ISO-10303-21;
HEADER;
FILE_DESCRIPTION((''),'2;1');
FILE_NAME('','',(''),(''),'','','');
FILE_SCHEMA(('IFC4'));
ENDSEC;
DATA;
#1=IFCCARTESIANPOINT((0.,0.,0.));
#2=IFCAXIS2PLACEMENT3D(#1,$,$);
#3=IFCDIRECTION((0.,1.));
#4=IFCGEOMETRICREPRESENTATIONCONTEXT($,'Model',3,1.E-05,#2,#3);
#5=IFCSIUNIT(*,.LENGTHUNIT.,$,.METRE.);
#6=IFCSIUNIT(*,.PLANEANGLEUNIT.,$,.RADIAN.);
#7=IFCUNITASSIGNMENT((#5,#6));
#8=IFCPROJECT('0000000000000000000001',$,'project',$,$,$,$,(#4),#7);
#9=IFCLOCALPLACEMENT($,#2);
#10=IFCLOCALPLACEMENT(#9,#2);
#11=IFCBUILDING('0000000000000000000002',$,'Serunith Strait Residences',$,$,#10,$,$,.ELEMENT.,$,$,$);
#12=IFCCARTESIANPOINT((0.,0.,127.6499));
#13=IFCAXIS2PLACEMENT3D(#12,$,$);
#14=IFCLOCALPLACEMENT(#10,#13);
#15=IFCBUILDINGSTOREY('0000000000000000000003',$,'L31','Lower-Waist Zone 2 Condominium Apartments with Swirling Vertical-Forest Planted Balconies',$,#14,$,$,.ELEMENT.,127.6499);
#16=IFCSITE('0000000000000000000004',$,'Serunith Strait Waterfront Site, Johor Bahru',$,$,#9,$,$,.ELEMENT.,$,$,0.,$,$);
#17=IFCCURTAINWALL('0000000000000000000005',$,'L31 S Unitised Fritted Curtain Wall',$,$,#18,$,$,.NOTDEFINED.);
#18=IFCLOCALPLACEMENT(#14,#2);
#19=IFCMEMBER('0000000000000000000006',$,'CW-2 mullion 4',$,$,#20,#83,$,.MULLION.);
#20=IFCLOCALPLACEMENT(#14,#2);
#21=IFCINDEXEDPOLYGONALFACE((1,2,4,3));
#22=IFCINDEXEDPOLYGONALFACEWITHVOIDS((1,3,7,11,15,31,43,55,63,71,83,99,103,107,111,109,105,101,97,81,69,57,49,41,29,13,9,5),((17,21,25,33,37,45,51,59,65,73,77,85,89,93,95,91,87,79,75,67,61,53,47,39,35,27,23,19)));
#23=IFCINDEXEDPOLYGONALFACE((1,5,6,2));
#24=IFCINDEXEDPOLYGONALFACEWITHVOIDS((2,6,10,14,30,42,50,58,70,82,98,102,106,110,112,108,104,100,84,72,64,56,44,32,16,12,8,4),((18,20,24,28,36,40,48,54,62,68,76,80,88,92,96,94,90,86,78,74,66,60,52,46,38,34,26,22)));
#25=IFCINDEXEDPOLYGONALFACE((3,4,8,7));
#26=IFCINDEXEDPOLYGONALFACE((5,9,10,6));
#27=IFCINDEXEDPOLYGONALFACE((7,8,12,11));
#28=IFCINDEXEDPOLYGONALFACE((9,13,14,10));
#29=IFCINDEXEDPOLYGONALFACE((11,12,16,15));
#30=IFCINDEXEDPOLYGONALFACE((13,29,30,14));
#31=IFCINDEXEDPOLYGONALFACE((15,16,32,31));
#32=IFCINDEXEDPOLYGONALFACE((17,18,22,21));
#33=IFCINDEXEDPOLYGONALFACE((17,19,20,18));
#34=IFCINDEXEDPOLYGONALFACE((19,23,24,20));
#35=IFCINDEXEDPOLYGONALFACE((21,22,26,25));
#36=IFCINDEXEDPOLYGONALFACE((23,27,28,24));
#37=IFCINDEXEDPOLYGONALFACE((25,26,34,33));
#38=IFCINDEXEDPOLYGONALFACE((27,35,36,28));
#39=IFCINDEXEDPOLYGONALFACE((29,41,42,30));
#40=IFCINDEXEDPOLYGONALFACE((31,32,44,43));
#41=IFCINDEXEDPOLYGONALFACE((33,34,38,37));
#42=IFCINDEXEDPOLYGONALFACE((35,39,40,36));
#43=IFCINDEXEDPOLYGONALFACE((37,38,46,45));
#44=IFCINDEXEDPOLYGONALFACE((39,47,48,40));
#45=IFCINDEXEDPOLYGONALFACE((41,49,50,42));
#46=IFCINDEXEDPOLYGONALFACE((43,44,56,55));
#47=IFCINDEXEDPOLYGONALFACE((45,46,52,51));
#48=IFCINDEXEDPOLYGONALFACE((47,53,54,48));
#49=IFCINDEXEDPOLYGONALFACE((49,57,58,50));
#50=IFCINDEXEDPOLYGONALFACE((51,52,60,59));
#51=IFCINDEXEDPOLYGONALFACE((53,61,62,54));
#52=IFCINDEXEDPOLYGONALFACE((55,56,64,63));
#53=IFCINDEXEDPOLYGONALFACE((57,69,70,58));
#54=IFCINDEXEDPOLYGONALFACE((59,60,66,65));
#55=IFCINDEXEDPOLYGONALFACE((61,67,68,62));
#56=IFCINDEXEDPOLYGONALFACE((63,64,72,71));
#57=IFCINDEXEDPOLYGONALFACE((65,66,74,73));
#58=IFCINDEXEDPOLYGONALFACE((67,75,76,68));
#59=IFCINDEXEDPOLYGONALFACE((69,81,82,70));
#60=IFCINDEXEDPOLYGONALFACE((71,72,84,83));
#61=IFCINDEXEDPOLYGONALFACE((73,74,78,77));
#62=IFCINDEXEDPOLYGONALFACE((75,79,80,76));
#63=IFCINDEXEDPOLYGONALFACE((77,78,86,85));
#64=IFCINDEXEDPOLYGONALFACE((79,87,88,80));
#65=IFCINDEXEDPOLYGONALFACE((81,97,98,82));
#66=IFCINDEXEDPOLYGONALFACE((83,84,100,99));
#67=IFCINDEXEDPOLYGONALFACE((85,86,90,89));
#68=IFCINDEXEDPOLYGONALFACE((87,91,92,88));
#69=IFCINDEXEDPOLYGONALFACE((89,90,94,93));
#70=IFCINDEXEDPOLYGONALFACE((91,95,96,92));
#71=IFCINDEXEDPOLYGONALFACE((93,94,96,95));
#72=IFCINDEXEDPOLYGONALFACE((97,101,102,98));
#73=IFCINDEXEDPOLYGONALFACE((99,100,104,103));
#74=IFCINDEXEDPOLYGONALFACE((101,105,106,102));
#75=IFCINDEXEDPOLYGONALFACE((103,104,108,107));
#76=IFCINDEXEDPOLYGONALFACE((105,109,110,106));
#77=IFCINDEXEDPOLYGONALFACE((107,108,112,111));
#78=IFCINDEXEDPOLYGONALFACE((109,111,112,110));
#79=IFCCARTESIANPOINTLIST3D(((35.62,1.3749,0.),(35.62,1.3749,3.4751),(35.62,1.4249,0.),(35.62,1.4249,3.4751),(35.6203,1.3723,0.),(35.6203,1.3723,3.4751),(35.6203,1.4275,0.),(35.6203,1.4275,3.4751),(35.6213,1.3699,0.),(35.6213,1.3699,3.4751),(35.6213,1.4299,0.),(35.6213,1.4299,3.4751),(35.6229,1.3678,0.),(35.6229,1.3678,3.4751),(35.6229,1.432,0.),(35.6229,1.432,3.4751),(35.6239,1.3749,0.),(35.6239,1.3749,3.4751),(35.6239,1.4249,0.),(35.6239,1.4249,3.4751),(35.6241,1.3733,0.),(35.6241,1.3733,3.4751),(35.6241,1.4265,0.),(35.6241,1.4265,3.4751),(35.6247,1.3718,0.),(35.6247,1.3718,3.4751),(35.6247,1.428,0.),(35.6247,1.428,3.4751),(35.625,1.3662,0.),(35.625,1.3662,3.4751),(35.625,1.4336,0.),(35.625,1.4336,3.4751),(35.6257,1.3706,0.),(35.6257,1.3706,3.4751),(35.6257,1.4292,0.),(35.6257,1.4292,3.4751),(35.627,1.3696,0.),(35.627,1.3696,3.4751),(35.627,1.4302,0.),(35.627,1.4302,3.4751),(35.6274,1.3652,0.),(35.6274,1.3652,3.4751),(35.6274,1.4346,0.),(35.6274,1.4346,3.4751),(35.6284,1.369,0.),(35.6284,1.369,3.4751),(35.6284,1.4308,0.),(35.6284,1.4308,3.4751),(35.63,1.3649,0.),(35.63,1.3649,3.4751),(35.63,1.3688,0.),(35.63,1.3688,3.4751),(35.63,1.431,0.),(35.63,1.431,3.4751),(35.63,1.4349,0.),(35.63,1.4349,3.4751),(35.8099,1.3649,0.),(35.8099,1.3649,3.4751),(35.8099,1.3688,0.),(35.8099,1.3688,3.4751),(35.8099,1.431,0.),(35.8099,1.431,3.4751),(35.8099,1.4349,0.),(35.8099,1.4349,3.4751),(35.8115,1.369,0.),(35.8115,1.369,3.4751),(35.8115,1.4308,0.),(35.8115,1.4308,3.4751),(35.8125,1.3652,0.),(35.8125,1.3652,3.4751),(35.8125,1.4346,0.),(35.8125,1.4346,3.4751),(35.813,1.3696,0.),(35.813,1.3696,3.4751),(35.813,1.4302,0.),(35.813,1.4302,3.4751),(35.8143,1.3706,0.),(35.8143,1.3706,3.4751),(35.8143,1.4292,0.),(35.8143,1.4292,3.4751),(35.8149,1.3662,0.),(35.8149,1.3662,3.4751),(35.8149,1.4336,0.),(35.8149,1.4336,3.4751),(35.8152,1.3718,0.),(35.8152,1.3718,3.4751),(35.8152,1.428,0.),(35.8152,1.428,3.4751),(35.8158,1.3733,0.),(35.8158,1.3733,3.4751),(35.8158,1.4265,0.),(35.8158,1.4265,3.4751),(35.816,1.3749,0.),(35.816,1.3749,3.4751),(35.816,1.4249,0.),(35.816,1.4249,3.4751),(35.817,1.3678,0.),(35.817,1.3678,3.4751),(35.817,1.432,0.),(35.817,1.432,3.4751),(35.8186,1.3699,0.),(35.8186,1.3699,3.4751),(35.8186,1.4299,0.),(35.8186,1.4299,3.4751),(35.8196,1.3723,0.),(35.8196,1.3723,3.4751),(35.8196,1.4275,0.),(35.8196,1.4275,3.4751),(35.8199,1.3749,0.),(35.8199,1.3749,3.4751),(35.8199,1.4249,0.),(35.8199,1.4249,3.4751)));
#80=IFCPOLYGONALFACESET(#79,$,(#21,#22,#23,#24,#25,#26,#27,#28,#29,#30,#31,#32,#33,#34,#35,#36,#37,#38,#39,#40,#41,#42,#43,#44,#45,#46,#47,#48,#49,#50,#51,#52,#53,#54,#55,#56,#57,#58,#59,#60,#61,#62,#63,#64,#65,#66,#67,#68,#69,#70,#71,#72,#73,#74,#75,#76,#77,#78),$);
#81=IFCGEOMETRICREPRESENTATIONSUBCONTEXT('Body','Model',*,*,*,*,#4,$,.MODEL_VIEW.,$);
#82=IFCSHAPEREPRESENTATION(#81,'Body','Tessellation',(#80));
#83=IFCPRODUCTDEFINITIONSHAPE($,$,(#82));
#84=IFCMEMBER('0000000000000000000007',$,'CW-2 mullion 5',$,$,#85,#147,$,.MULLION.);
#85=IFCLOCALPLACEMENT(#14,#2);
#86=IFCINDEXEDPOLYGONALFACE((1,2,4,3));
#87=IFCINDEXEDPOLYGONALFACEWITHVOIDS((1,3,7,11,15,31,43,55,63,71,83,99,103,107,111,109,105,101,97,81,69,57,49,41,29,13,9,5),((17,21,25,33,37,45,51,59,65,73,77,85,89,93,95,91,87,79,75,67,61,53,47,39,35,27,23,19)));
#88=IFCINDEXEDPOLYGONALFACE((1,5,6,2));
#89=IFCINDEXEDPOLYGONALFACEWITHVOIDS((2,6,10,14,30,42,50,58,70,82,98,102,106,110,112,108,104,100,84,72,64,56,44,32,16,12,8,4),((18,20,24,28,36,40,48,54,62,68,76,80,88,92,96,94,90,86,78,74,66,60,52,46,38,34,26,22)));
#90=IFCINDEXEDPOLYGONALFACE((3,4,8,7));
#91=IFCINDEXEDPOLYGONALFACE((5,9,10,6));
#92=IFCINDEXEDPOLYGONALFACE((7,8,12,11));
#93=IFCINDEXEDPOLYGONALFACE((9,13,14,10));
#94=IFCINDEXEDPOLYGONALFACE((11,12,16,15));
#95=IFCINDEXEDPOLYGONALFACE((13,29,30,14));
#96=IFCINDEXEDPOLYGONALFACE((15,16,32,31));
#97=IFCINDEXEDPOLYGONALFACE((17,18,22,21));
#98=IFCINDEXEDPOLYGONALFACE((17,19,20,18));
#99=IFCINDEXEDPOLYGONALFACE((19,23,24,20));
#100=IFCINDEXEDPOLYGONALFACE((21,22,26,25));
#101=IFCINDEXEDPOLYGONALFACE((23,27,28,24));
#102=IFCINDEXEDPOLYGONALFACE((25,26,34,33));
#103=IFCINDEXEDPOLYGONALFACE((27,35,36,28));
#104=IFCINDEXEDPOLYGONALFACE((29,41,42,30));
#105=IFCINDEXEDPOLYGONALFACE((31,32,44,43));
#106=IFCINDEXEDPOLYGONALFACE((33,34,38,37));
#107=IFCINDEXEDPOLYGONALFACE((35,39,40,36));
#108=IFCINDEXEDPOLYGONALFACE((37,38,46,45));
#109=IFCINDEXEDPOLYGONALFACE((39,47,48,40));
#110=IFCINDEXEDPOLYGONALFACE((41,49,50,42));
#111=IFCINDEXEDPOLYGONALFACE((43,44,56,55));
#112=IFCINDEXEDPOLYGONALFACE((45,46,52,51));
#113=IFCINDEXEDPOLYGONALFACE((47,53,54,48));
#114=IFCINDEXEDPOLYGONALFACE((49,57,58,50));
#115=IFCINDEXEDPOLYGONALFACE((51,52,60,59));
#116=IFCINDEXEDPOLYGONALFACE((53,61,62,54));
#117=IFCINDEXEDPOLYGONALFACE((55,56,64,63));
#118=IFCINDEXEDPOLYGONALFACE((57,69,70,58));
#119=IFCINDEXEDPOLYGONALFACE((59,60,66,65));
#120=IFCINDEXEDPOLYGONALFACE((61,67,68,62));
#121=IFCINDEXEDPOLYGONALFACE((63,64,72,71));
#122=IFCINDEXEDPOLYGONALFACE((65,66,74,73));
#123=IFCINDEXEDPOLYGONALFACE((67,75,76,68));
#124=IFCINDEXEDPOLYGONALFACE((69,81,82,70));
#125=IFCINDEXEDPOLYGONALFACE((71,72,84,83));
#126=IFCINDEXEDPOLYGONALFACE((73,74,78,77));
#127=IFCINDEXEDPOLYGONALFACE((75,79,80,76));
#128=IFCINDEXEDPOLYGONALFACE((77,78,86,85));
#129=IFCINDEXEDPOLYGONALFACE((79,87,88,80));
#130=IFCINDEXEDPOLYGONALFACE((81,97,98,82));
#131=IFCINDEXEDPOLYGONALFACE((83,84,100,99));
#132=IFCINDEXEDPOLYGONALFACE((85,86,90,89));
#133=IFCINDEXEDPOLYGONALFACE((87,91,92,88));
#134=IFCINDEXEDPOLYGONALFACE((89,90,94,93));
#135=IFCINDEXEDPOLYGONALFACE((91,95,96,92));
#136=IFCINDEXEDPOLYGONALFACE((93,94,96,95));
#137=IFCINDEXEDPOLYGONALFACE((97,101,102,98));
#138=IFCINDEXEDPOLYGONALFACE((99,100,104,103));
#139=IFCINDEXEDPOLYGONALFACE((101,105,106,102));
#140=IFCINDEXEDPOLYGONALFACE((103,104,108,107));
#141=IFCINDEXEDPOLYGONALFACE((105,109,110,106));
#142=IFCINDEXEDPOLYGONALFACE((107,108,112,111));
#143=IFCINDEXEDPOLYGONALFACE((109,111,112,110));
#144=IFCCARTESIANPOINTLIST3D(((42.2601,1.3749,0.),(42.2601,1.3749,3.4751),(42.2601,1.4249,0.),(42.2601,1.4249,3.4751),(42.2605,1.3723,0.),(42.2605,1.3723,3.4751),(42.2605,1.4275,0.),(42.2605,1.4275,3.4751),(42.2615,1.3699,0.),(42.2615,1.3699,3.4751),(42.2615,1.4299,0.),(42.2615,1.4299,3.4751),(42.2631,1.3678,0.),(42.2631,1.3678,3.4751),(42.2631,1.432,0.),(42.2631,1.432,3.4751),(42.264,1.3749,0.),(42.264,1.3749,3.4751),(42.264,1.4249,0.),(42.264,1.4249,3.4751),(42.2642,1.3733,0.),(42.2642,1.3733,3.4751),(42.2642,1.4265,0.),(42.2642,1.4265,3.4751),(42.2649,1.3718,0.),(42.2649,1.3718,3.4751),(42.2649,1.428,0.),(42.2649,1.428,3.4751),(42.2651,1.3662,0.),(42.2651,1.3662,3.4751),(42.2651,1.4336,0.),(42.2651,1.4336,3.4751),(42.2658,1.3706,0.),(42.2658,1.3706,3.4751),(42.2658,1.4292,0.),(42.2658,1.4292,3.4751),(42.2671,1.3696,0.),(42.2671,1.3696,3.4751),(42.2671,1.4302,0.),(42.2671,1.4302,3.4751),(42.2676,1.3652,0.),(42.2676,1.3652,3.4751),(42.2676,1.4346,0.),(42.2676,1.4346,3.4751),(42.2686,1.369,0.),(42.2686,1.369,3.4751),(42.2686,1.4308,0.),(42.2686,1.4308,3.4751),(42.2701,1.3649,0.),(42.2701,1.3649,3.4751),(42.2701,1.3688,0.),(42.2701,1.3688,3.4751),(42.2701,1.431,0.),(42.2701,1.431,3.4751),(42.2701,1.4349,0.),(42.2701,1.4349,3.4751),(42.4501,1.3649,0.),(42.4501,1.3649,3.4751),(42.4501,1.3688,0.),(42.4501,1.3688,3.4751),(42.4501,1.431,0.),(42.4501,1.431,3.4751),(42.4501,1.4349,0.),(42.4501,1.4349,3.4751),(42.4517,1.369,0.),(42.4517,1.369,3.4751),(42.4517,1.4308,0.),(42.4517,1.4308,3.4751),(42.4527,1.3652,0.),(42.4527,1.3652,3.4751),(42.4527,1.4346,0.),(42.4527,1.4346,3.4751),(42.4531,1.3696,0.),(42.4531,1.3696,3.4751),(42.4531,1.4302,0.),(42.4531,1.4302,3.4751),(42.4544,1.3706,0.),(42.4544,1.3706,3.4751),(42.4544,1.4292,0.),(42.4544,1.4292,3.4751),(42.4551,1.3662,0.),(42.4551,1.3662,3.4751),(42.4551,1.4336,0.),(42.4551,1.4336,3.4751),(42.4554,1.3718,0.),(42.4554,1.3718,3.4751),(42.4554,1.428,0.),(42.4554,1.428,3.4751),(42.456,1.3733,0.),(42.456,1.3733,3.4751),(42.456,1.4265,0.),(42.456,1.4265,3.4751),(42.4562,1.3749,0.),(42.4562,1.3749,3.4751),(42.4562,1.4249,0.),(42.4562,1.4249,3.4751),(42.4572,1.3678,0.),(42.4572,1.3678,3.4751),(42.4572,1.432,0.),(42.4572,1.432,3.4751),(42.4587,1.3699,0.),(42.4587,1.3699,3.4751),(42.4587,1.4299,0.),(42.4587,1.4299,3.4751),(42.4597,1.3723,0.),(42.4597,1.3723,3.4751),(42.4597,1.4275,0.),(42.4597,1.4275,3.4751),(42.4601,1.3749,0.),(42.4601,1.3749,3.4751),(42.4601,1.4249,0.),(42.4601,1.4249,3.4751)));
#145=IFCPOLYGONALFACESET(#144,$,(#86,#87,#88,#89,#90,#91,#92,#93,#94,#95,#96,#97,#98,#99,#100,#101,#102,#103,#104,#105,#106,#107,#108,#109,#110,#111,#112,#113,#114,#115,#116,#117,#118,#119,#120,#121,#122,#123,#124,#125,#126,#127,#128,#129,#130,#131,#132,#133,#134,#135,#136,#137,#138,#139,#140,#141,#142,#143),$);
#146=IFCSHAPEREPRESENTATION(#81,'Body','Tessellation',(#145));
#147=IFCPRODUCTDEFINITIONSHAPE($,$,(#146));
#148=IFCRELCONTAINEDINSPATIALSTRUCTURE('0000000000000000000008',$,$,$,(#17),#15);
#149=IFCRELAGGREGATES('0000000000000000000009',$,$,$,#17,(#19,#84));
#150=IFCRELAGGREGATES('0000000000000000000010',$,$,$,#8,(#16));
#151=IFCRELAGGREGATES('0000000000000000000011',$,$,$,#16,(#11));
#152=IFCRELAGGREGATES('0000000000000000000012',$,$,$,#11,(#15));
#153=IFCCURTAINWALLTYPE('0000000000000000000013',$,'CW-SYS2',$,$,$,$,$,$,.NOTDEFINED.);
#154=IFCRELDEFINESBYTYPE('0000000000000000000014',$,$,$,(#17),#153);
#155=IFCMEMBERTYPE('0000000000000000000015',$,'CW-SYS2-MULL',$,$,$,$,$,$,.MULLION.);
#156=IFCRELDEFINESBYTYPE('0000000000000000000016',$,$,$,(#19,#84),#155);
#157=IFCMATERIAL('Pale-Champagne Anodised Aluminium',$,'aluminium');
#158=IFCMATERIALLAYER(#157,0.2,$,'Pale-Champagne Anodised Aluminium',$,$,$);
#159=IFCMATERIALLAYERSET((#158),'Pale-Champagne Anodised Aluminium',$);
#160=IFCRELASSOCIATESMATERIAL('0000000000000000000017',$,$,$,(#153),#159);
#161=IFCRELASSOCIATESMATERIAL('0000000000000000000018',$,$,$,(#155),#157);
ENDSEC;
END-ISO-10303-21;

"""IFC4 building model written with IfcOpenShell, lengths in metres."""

from ifc_helpers import new_model, si_unit, direction, frame, origin, origin_2d, place, context, subcontext, project, spatial, hollow_rectangle, extrude, source, transform, mapped, material, layer, layer_set, material_profile, profile_set, type_object, element, aggregate, save


model = new_model("IFC4")

# Units and contexts
model_context = context("Model", 3, precision=1e-05, world=origin(), true_north=direction((0.0, 1.0)))
body_context = subcontext(model_context, "Body", "Model", "MODEL_VIEW")
ifc_project = project(units=[si_unit("LENGTHUNIT", "METRE"), si_unit("PLANEANGLEUNIT", "RADIAN")], contexts=[model_context])

# Site, building, storey
site_placement = place(None, origin())
site = spatial("IfcSite", under=ifc_project, at=site_placement, Name="Serunith Strait Waterfront Site, Johor Bahru", CompositionType="ELEMENT", RefElevation=0.0)
building_placement = place(site_placement, origin())
building = spatial("IfcBuilding", under=site, at=building_placement, Name="Serunith Strait Residences", CompositionType="ELEMENT")
storey_placement = place(building_placement, frame((0.0, 0.0, 127.6499)))
storey = spatial("IfcBuildingStorey", under=building, at=storey_placement, Name="L31", Description="Lower-Waist Zone 2 Condominium Apartments with Swirling Vertical-Forest Planted Balconies", CompositionType="ELEMENT", Elevation=127.6499)

# Curtain wall, members
ifc_material_1 = material(Name="Pale-Champagne Anodised Aluminium", Category="aluminium")
ifc_layer_1 = layer(ifc_material_1, 0.2, Name="Pale-Champagne Anodised Aluminium")
ifc_layer_set_1 = layer_set([ifc_layer_1], Name="Pale-Champagne Anodised Aluminium")
curtain_wall_type = type_object("IfcCurtainWallType", Name="CW-SYS2", PredefinedType="NOTDEFINED", material=ifc_layer_set_1)
curtain_wall_placement = place(storey_placement, origin())
curtain_wall = element("IfcCurtainWall", 1, at=curtain_wall_placement, inside=storey, type_object=curtain_wall_type, Name="L31 S Unitised Fritted Curtain Wall", PredefinedType="NOTDEFINED")
ifc_material_profile_1 = material_profile(ifc_material_1, hollow_rectangle(XDim=0.0701, YDim=0.2, WallThickness=0.0039, InnerFilletRadius=0.0061, OuterFilletRadius=0.01, at=origin_2d()), Name="ALU 200x70x4")
ifc_profile_set_1 = profile_set([ifc_material_profile_1], Name="Pale-Champagne Anodised Aluminium")
member_type_1 = type_object("IfcMemberType", Name="CW-SYS2-MULL", PredefinedType="MULLION", material=ifc_profile_set_1)
shared_shape_1 = source(origin(), body_context, "Body", "SweptSolid", [
    extrude(hollow_rectangle(XDim=0.0701, YDim=0.2, WallThickness=0.0039, InnerFilletRadius=0.0061, OuterFilletRadius=0.01, at=origin_2d()), origin(), (0.0, 0.0, 1.0), 3.4751),
])
member_1_placement = place(storey_placement, frame((35.72, 1.3999, 0.0), z_axis=(0.0, 0.0, 1.0), x_axis=(0.0, 1.0, 0.0)))
member_1 = element("IfcMember", 2, at=member_1_placement, type_object=member_type_1, Name="CW-2 mullion 4", PredefinedType="MULLION", context=body_context, shape_type="MappedRepresentation", body=[
    mapped(shared_shape_1, transform((0.0, 0.0, 0.0), scale=1.0)),
])
member_2_placement = place(storey_placement, frame((42.3601, 1.3999, 0.0), z_axis=(0.0, 0.0, 1.0), x_axis=(0.0, 1.0, 0.0)))
member_2 = element("IfcMember", 3, at=member_2_placement, type_object=member_type_1, Name="CW-2 mullion 5", PredefinedType="MULLION", context=body_context, shape_type="MappedRepresentation", body=[
    mapped(shared_shape_1, transform((0.0, 0.0, 0.0), scale=1.0)),
])
aggregate(curtain_wall, [member_1, member_2])

save(model, "model.ifc")
